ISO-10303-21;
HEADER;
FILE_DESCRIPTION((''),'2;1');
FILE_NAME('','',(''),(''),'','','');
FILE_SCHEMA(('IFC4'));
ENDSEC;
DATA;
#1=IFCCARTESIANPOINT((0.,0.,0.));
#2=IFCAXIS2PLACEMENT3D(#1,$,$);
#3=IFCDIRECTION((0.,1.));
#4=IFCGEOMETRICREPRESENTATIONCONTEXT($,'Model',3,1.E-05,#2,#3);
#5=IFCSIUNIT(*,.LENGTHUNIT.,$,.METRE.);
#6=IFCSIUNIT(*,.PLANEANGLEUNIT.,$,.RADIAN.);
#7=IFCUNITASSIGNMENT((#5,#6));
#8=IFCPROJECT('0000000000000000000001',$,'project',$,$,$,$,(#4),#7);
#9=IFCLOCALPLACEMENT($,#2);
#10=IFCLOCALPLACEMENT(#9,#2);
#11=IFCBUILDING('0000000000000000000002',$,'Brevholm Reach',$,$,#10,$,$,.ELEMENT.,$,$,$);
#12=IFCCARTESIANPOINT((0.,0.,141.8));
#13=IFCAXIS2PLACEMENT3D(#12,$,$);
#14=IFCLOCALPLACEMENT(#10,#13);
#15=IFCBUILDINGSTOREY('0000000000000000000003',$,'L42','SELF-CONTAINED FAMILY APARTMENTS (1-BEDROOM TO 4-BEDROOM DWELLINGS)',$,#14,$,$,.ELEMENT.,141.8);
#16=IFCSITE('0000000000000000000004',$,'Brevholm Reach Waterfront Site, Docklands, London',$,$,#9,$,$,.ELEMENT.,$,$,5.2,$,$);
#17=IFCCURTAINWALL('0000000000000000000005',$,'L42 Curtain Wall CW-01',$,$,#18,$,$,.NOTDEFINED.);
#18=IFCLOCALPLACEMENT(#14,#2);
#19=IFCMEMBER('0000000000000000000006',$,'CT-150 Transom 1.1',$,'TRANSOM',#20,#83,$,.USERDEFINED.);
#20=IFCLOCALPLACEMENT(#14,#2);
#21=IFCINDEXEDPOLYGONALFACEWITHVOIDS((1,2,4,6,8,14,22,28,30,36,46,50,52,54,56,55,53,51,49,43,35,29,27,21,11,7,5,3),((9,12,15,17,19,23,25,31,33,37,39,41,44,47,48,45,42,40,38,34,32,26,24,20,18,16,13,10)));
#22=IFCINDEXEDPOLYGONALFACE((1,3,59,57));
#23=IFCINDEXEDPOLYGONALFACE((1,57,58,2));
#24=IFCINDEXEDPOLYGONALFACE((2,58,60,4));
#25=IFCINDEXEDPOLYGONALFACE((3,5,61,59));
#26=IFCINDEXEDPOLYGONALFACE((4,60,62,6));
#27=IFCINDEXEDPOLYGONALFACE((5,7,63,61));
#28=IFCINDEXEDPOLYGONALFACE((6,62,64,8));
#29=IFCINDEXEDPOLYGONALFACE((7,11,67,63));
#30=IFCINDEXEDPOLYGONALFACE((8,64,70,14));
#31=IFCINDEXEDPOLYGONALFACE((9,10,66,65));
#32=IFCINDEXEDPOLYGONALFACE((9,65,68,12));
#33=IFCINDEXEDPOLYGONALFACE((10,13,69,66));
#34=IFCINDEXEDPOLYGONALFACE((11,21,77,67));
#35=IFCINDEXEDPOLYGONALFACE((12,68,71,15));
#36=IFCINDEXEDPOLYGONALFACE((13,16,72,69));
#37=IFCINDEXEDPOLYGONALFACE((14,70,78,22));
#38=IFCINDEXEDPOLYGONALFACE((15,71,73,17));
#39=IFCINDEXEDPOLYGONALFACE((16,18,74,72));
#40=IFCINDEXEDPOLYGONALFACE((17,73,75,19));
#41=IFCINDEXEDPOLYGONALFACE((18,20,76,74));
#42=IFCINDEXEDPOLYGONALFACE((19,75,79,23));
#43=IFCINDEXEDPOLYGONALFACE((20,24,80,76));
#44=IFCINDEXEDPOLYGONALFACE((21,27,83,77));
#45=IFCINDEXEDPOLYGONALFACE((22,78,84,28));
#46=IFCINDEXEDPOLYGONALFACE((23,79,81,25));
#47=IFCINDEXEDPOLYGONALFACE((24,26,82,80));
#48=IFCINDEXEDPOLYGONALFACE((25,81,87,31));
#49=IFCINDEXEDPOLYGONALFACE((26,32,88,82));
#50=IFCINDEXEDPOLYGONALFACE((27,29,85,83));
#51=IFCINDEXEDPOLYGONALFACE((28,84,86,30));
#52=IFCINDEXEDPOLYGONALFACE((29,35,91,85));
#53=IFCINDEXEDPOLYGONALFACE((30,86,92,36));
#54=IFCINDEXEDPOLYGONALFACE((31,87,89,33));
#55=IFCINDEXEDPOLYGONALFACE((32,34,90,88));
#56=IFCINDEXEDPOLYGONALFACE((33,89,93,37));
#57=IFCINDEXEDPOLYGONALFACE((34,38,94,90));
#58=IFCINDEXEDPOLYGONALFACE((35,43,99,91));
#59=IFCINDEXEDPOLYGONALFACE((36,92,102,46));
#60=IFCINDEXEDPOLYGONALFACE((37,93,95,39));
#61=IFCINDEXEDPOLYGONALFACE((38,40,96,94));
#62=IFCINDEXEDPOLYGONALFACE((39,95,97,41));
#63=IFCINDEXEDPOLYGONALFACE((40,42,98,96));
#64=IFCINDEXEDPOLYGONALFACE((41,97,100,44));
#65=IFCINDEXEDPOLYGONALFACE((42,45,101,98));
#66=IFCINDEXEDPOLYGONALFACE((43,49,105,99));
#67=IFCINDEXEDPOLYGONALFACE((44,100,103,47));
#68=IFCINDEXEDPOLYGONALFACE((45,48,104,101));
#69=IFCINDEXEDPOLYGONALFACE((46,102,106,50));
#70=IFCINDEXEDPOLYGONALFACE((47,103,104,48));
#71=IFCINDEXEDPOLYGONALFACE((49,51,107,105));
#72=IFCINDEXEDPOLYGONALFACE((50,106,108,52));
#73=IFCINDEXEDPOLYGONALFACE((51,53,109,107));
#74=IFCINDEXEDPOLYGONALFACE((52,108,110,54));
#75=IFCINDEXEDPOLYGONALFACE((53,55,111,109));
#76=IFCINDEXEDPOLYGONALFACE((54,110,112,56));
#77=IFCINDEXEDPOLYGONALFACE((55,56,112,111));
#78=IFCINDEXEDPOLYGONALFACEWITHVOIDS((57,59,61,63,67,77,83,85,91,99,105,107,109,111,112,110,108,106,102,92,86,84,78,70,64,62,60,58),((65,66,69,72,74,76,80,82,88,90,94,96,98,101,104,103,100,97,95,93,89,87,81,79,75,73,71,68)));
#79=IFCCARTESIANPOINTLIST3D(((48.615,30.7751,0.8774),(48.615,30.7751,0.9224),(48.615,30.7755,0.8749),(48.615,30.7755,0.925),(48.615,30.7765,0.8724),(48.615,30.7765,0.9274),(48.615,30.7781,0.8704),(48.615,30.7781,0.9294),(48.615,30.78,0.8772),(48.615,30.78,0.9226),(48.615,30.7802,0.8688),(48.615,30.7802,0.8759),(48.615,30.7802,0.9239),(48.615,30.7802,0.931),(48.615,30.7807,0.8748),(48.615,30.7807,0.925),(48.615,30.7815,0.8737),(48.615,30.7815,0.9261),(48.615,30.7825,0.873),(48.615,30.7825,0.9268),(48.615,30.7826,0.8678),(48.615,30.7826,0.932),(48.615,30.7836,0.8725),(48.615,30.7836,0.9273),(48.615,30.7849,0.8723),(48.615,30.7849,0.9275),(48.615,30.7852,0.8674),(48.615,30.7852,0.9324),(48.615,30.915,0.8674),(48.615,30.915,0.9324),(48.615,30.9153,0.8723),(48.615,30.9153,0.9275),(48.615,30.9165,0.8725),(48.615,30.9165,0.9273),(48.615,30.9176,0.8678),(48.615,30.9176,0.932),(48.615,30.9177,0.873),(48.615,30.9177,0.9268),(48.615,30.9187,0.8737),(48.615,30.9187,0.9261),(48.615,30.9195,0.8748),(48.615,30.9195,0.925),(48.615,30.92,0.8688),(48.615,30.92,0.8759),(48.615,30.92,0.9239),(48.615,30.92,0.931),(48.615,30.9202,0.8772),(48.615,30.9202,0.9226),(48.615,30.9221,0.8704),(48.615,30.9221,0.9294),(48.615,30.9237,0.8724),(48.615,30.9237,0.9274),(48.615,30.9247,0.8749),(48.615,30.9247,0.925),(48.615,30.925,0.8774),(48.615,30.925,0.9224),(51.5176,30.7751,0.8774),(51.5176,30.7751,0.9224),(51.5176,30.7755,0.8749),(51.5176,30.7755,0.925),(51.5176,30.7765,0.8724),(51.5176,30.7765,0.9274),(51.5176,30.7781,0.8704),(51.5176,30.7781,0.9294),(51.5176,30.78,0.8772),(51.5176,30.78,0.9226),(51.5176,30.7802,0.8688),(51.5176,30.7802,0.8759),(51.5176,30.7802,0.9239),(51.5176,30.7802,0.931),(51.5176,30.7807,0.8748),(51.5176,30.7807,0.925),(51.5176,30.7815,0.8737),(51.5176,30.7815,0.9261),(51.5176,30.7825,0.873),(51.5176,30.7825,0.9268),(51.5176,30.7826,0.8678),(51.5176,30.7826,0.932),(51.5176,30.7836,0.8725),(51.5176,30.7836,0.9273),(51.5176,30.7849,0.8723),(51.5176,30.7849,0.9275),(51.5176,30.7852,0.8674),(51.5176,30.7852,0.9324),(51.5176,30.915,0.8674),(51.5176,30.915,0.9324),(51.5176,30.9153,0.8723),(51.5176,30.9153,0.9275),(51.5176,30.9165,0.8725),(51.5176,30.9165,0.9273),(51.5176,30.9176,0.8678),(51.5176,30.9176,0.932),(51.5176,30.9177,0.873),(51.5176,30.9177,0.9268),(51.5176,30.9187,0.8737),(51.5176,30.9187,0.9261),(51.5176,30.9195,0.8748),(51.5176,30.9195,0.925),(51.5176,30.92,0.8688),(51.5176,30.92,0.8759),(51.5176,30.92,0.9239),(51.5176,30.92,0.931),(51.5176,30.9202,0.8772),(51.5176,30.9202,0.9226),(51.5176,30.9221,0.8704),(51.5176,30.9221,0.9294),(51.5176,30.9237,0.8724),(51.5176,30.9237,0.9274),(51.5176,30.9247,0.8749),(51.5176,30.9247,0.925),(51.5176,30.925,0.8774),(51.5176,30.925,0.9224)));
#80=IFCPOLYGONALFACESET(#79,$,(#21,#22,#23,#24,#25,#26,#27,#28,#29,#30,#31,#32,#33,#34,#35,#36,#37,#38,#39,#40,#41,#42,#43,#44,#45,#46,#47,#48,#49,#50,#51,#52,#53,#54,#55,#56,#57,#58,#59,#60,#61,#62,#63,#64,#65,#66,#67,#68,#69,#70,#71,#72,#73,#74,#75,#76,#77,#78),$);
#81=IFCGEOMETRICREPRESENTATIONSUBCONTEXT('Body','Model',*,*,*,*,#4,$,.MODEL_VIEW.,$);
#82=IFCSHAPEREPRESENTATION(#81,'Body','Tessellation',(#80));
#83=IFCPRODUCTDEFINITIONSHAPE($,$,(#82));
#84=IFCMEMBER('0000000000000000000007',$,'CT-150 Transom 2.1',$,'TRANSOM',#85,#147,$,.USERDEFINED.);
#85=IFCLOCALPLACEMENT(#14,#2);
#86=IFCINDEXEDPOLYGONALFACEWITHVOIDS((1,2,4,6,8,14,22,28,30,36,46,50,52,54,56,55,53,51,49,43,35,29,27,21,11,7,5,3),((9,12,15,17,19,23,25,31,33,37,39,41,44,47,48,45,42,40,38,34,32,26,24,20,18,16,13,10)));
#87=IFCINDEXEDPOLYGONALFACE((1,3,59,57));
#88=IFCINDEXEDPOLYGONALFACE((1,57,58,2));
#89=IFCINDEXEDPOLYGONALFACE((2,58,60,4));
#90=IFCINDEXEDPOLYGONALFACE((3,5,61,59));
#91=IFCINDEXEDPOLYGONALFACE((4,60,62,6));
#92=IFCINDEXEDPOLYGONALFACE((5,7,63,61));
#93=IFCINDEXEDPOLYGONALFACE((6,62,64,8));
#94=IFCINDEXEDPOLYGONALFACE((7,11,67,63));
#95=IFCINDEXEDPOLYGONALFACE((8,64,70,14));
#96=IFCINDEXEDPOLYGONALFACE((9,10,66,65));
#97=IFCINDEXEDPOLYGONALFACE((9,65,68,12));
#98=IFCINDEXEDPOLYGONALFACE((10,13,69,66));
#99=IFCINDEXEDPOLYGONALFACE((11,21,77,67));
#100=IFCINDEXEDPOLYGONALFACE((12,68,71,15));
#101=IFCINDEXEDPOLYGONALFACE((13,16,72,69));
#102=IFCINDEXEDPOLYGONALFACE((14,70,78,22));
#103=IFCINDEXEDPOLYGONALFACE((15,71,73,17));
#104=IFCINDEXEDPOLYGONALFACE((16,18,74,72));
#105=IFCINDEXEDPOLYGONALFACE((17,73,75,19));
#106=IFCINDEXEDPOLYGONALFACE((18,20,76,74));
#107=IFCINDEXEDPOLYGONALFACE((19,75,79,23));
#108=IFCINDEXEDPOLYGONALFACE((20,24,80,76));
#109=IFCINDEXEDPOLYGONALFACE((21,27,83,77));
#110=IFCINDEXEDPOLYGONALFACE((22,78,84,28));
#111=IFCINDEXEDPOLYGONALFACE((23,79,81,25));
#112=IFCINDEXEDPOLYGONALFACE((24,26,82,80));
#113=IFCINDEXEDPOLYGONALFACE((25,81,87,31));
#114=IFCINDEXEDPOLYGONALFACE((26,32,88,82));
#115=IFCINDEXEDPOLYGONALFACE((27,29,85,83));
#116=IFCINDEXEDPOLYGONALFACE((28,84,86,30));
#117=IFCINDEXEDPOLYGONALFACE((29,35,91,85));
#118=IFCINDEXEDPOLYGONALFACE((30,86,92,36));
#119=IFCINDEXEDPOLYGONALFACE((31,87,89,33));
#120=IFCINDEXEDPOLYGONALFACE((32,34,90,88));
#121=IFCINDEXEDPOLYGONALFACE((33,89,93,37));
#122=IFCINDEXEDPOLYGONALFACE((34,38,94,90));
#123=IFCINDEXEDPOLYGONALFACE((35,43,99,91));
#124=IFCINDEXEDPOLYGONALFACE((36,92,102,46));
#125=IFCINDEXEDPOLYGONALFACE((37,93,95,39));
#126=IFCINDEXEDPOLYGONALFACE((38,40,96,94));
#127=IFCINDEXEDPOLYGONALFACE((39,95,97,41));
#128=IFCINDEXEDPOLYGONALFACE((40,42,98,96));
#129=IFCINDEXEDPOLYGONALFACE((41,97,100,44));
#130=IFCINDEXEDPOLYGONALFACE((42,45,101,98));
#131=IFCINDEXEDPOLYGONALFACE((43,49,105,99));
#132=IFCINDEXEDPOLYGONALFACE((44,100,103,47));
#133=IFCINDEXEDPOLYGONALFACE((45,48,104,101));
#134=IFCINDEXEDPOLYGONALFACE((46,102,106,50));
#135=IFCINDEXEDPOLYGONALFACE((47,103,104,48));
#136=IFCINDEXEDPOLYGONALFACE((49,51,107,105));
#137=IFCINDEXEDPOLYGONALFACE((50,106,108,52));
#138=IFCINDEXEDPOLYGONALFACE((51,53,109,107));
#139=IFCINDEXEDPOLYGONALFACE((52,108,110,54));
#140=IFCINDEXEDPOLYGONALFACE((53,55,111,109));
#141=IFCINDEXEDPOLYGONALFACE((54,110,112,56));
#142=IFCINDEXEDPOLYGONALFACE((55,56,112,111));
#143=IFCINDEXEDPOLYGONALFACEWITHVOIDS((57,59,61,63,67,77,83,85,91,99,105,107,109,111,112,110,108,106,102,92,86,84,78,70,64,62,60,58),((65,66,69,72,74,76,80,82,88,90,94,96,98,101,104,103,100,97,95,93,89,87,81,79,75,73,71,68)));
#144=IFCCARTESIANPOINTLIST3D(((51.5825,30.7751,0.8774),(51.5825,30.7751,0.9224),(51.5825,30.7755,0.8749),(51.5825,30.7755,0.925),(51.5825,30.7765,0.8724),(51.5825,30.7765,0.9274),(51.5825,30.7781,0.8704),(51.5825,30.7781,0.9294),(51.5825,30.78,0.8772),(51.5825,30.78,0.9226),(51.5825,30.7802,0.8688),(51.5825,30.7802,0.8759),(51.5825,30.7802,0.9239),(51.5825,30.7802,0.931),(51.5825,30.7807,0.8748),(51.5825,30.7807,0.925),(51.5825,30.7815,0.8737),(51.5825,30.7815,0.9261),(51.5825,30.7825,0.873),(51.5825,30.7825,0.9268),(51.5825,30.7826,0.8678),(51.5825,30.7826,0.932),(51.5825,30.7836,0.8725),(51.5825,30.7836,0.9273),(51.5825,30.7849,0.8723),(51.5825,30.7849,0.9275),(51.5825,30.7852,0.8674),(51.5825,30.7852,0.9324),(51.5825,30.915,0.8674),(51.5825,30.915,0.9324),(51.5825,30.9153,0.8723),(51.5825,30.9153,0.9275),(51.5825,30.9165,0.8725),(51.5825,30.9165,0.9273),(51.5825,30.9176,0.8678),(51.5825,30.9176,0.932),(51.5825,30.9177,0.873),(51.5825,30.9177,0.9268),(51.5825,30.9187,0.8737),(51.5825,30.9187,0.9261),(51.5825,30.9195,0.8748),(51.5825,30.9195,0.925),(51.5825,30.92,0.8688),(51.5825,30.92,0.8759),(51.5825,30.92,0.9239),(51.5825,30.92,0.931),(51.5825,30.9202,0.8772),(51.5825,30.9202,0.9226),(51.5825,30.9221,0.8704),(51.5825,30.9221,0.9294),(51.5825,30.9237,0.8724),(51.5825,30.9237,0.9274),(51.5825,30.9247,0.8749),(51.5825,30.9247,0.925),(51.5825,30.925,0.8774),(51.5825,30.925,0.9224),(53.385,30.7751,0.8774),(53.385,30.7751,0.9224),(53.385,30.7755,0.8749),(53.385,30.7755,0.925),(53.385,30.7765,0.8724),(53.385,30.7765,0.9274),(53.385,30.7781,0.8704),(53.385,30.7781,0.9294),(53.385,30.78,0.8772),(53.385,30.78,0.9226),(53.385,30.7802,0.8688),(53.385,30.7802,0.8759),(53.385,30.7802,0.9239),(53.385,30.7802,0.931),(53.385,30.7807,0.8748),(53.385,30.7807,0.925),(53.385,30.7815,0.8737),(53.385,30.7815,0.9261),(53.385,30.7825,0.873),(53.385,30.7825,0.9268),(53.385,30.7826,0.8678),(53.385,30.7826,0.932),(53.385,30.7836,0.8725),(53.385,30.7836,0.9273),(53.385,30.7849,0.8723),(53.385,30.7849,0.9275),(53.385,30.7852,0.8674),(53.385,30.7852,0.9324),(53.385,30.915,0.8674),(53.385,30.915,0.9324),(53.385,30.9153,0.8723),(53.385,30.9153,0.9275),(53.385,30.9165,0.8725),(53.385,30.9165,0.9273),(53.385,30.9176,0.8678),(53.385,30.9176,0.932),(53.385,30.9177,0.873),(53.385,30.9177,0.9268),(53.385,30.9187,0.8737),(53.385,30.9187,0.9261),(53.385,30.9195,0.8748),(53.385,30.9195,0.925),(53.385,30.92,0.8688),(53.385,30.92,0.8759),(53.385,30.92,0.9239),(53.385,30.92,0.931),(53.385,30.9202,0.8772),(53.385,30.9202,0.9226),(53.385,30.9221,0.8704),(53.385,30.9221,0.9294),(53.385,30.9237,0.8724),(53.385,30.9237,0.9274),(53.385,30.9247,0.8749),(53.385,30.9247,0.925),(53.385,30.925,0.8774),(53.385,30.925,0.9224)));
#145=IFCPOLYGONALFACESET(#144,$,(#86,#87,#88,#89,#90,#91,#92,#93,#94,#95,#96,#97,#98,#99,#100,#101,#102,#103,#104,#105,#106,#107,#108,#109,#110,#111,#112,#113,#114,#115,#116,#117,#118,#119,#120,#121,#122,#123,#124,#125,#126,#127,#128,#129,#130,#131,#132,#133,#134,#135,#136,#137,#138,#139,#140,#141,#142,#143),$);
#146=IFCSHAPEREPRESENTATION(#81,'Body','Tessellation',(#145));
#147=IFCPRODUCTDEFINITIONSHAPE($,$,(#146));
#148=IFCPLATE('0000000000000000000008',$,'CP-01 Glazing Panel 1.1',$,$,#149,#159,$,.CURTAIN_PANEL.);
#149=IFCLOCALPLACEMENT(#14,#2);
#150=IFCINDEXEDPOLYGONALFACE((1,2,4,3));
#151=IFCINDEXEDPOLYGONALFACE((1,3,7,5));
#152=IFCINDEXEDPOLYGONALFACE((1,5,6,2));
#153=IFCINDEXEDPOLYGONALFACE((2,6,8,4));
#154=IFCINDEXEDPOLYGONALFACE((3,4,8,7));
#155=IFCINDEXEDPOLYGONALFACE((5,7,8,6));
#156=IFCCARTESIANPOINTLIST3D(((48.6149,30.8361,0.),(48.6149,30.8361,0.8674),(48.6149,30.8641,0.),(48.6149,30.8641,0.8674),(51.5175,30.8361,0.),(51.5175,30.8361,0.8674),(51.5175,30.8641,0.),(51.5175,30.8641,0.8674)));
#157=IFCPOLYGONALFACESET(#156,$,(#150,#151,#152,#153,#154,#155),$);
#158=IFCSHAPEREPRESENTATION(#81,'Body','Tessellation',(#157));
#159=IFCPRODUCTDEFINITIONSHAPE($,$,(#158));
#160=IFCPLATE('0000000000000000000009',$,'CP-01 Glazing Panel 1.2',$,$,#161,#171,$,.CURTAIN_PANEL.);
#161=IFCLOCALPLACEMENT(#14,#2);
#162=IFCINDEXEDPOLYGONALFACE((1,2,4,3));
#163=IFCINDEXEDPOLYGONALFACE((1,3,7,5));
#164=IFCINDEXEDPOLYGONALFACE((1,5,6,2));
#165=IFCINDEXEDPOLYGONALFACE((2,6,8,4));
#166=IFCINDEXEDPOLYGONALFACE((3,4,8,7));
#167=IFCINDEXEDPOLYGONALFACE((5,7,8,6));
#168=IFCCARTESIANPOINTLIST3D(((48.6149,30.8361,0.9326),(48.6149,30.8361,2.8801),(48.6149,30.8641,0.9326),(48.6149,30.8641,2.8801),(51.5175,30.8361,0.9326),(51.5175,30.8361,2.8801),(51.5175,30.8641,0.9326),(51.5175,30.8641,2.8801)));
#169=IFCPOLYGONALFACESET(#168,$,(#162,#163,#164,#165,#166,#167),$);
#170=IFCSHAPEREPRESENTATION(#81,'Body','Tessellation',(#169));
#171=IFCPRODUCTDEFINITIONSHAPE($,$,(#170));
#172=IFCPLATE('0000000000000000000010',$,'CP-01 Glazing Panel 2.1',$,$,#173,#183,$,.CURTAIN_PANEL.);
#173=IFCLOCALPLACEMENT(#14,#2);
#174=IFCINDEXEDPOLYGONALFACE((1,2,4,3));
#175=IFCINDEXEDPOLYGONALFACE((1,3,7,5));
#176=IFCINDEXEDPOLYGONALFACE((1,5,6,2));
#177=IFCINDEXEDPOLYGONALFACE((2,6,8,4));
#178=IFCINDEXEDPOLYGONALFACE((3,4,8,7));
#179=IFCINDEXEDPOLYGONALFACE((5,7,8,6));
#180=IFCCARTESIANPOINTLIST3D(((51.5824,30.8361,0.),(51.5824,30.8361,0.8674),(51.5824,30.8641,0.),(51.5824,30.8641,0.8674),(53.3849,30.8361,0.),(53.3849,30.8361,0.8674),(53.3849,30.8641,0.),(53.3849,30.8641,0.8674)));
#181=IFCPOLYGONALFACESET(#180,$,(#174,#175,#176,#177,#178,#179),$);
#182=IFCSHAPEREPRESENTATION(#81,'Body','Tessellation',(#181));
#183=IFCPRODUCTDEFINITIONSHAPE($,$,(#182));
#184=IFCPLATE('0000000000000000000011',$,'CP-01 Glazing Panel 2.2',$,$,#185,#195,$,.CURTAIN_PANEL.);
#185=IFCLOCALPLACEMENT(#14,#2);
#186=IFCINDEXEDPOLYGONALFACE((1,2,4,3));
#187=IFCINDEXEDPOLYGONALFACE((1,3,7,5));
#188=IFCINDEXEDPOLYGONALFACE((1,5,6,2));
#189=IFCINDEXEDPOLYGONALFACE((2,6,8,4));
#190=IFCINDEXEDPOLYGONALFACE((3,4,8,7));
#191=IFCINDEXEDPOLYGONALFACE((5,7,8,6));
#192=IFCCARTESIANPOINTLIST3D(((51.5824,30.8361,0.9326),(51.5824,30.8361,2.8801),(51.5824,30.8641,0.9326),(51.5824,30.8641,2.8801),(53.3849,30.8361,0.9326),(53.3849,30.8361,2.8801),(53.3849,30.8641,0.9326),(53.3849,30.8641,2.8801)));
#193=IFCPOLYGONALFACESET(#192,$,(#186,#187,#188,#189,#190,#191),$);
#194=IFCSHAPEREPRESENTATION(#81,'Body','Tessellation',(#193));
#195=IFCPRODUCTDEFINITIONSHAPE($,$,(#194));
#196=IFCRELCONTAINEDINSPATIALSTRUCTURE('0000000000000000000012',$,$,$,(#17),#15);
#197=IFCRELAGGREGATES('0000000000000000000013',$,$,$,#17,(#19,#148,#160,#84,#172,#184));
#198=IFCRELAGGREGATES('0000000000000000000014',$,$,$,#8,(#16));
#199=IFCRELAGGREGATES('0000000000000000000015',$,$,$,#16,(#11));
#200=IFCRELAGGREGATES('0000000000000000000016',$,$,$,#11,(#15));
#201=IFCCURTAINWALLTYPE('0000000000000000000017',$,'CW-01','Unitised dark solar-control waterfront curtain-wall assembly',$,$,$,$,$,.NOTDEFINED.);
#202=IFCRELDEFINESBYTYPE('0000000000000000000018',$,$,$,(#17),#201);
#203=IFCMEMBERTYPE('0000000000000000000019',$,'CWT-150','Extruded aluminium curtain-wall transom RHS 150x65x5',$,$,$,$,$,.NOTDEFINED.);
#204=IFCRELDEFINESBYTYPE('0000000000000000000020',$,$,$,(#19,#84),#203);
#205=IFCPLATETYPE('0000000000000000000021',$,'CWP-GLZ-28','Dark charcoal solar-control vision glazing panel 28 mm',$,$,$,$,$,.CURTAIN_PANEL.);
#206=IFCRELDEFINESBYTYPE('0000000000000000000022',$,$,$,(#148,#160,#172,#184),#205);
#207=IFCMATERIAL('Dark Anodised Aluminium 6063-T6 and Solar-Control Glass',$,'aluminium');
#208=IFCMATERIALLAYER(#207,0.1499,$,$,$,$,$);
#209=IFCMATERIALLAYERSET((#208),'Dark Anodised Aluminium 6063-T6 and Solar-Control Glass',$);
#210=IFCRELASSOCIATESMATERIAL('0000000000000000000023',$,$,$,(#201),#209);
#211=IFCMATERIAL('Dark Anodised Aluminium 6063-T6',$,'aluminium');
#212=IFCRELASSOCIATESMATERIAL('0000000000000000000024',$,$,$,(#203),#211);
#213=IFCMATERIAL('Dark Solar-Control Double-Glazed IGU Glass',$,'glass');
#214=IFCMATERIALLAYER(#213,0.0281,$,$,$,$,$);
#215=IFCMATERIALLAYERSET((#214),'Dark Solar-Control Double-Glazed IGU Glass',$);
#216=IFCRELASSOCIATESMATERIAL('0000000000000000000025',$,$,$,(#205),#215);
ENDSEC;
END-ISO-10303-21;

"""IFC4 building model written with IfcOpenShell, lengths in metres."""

from ifc_helpers import new_model, si_unit, direction, frame, origin, origin_2d, place, context, subcontext, project, spatial, rectangle, hollow_rectangle, extrude, material, layer, layer_set, material_profile, profile_set, type_object, element, aggregate, save


model = new_model("IFC4")

# Units and contexts
model_context = context("Model", 3, precision=1e-05, world=origin(), true_north=direction((0.0, 1.0)))
body_context = subcontext(model_context, "Body", "Model", "MODEL_VIEW")
ifc_project = project(units=[si_unit("LENGTHUNIT", "METRE"), si_unit("PLANEANGLEUNIT", "RADIAN")], contexts=[model_context])

# Site, building, storey
site_placement = place(None, origin())
site = spatial("IfcSite", under=ifc_project, at=site_placement, Name="Brevholm Reach Waterfront Site, Docklands, London", CompositionType="ELEMENT", RefElevation=5.2)
building_placement = place(site_placement, origin())
building = spatial("IfcBuilding", under=site, at=building_placement, Name="Brevholm Reach", CompositionType="ELEMENT")
storey_placement = place(building_placement, frame((0.0, 0.0, 141.8)))
storey = spatial("IfcBuildingStorey", under=building, at=storey_placement, Name="L42", Description="SELF-CONTAINED FAMILY APARTMENTS (1-BEDROOM TO 4-BEDROOM DWELLINGS)", CompositionType="ELEMENT", Elevation=141.8)

# Curtain wall, members, plates
ifc_material_1 = material(Name="Dark Anodised Aluminium 6063-T6 and Solar-Control Glass", Category="aluminium")
ifc_layer_1 = layer(ifc_material_1, 0.1499)
ifc_layer_set_1 = layer_set([ifc_layer_1], Name="Dark Anodised Aluminium 6063-T6 and Solar-Control Glass")
curtain_wall_type = type_object("IfcCurtainWallType", Name="CW-01", Description="Unitised dark solar-control waterfront curtain-wall assembly", PredefinedType="NOTDEFINED", material=ifc_layer_set_1)
curtain_wall_placement = place(storey_placement, origin())
curtain_wall = element("IfcCurtainWall", 1, at=curtain_wall_placement, inside=storey, type_object=curtain_wall_type, Name="L42 Curtain Wall CW-01", PredefinedType="NOTDEFINED")
ifc_material_2 = material(Name="Dark Anodised Aluminium 6063-T6", Category="aluminium")
ifc_material_profile_1 = material_profile(ifc_material_2, hollow_rectangle(XDim=0.0649, YDim=0.1499, WallThickness=0.0049, InnerFilletRadius=0.0049, OuterFilletRadius=0.01, at=origin_2d()), Name="RHS 150x65x5")
ifc_profile_set_1 = profile_set([ifc_material_profile_1], Name="Dark Anodised Aluminium 6063-T6")
member_type_1 = type_object("IfcMemberType", Name="CWT-150", Description="Extruded aluminium curtain-wall transom RHS 150x65x5", PredefinedType="NOTDEFINED", material=ifc_profile_set_1)
member_1_placement = place(storey_placement, frame((48.615, 30.8501, 0.8999), z_axis=(1.0, 0.0, 0.0), x_axis=(0.0, 0.0, 1.0)))
member_1 = element("IfcMember", 2, at=member_1_placement, type_object=member_type_1, Name="CT-150 Transom 1.1", ObjectType="TRANSOM", PredefinedType="USERDEFINED", context=body_context, shape_type="SweptSolid", body=[
    extrude(hollow_rectangle(XDim=0.0649, YDim=0.1499, WallThickness=0.0049, InnerFilletRadius=0.0049, OuterFilletRadius=0.01, at=origin_2d()), origin(), (0.0, 0.0, 1.0), 2.9026),
])
member_2_placement = place(storey_placement, frame((51.5825, 30.8501, 0.8999), z_axis=(1.0, 0.0, 0.0), x_axis=(0.0, 0.0, 1.0)))
member_2 = element("IfcMember", 3, at=member_2_placement, type_object=member_type_1, Name="CT-150 Transom 2.1", ObjectType="TRANSOM", PredefinedType="USERDEFINED", context=body_context, shape_type="SweptSolid", body=[
    extrude(hollow_rectangle(XDim=0.0649, YDim=0.1499, WallThickness=0.0049, InnerFilletRadius=0.0049, OuterFilletRadius=0.01, at=origin_2d()), origin(), (0.0, 0.0, 1.0), 1.8025),
])
ifc_material_3 = material(Name="Dark Solar-Control Double-Glazed IGU Glass", Category="glass")
ifc_layer_2 = layer(ifc_material_3, 0.0281)
ifc_layer_set_2 = layer_set([ifc_layer_2], Name="Dark Solar-Control Double-Glazed IGU Glass")
plate_type = type_object("IfcPlateType", Name="CWP-GLZ-28", Description="Dark charcoal solar-control vision glazing panel 28 mm", PredefinedType="CURTAIN_PANEL", material=ifc_layer_set_2)
plate_1_placement = place(storey_placement, frame((50.0662, 30.8501, 0.0), z_axis=(0.0, 0.0, 1.0), x_axis=(1.0, 0.0, 0.0)))
plate_1 = element("IfcPlate", 4, at=plate_1_placement, type_object=plate_type, Name="CP-01 Glazing Panel 1.1", PredefinedType="CURTAIN_PANEL", context=body_context, shape_type="SweptSolid", body=[
    extrude(rectangle(XDim=2.9026, YDim=0.0281, at=origin_2d()), origin(), (0.0, 0.0, 1.0), 0.8674),
])
plate_2_placement = place(storey_placement, frame((50.0662, 30.8501, 0.9326), z_axis=(0.0, 0.0, 1.0), x_axis=(1.0, 0.0, 0.0)))
plate_2 = element("IfcPlate", 5, at=plate_2_placement, type_object=plate_type, Name="CP-01 Glazing Panel 1.2", PredefinedType="CURTAIN_PANEL", context=body_context, shape_type="SweptSolid", body=[
    extrude(rectangle(XDim=2.9026, YDim=0.0281, at=origin_2d()), origin(), (0.0, 0.0, 1.0), 1.9475),
])
plate_3_placement = place(storey_placement, frame((52.4836, 30.8501, 0.0), z_axis=(0.0, 0.0, 1.0), x_axis=(1.0, 0.0, 0.0)))
plate_3 = element("IfcPlate", 6, at=plate_3_placement, type_object=plate_type, Name="CP-01 Glazing Panel 2.1", PredefinedType="CURTAIN_PANEL", context=body_context, shape_type="SweptSolid", body=[
    extrude(rectangle(XDim=1.8025, YDim=0.0281, at=origin_2d()), origin(), (0.0, 0.0, 1.0), 0.8674),
])
plate_4_placement = place(storey_placement, frame((52.4836, 30.8501, 0.9326), z_axis=(0.0, 0.0, 1.0), x_axis=(1.0, 0.0, 0.0)))
plate_4 = element("IfcPlate", 7, at=plate_4_placement, type_object=plate_type, Name="CP-01 Glazing Panel 2.2", PredefinedType="CURTAIN_PANEL", context=body_context, shape_type="SweptSolid", body=[
    extrude(rectangle(XDim=1.8025, YDim=0.0281, at=origin_2d()), origin(), (0.0, 0.0, 1.0), 1.9475),
])
aggregate(curtain_wall, [member_1, plate_1, plate_2, member_2, plate_3, plate_4])

save(model, "model.ifc")
